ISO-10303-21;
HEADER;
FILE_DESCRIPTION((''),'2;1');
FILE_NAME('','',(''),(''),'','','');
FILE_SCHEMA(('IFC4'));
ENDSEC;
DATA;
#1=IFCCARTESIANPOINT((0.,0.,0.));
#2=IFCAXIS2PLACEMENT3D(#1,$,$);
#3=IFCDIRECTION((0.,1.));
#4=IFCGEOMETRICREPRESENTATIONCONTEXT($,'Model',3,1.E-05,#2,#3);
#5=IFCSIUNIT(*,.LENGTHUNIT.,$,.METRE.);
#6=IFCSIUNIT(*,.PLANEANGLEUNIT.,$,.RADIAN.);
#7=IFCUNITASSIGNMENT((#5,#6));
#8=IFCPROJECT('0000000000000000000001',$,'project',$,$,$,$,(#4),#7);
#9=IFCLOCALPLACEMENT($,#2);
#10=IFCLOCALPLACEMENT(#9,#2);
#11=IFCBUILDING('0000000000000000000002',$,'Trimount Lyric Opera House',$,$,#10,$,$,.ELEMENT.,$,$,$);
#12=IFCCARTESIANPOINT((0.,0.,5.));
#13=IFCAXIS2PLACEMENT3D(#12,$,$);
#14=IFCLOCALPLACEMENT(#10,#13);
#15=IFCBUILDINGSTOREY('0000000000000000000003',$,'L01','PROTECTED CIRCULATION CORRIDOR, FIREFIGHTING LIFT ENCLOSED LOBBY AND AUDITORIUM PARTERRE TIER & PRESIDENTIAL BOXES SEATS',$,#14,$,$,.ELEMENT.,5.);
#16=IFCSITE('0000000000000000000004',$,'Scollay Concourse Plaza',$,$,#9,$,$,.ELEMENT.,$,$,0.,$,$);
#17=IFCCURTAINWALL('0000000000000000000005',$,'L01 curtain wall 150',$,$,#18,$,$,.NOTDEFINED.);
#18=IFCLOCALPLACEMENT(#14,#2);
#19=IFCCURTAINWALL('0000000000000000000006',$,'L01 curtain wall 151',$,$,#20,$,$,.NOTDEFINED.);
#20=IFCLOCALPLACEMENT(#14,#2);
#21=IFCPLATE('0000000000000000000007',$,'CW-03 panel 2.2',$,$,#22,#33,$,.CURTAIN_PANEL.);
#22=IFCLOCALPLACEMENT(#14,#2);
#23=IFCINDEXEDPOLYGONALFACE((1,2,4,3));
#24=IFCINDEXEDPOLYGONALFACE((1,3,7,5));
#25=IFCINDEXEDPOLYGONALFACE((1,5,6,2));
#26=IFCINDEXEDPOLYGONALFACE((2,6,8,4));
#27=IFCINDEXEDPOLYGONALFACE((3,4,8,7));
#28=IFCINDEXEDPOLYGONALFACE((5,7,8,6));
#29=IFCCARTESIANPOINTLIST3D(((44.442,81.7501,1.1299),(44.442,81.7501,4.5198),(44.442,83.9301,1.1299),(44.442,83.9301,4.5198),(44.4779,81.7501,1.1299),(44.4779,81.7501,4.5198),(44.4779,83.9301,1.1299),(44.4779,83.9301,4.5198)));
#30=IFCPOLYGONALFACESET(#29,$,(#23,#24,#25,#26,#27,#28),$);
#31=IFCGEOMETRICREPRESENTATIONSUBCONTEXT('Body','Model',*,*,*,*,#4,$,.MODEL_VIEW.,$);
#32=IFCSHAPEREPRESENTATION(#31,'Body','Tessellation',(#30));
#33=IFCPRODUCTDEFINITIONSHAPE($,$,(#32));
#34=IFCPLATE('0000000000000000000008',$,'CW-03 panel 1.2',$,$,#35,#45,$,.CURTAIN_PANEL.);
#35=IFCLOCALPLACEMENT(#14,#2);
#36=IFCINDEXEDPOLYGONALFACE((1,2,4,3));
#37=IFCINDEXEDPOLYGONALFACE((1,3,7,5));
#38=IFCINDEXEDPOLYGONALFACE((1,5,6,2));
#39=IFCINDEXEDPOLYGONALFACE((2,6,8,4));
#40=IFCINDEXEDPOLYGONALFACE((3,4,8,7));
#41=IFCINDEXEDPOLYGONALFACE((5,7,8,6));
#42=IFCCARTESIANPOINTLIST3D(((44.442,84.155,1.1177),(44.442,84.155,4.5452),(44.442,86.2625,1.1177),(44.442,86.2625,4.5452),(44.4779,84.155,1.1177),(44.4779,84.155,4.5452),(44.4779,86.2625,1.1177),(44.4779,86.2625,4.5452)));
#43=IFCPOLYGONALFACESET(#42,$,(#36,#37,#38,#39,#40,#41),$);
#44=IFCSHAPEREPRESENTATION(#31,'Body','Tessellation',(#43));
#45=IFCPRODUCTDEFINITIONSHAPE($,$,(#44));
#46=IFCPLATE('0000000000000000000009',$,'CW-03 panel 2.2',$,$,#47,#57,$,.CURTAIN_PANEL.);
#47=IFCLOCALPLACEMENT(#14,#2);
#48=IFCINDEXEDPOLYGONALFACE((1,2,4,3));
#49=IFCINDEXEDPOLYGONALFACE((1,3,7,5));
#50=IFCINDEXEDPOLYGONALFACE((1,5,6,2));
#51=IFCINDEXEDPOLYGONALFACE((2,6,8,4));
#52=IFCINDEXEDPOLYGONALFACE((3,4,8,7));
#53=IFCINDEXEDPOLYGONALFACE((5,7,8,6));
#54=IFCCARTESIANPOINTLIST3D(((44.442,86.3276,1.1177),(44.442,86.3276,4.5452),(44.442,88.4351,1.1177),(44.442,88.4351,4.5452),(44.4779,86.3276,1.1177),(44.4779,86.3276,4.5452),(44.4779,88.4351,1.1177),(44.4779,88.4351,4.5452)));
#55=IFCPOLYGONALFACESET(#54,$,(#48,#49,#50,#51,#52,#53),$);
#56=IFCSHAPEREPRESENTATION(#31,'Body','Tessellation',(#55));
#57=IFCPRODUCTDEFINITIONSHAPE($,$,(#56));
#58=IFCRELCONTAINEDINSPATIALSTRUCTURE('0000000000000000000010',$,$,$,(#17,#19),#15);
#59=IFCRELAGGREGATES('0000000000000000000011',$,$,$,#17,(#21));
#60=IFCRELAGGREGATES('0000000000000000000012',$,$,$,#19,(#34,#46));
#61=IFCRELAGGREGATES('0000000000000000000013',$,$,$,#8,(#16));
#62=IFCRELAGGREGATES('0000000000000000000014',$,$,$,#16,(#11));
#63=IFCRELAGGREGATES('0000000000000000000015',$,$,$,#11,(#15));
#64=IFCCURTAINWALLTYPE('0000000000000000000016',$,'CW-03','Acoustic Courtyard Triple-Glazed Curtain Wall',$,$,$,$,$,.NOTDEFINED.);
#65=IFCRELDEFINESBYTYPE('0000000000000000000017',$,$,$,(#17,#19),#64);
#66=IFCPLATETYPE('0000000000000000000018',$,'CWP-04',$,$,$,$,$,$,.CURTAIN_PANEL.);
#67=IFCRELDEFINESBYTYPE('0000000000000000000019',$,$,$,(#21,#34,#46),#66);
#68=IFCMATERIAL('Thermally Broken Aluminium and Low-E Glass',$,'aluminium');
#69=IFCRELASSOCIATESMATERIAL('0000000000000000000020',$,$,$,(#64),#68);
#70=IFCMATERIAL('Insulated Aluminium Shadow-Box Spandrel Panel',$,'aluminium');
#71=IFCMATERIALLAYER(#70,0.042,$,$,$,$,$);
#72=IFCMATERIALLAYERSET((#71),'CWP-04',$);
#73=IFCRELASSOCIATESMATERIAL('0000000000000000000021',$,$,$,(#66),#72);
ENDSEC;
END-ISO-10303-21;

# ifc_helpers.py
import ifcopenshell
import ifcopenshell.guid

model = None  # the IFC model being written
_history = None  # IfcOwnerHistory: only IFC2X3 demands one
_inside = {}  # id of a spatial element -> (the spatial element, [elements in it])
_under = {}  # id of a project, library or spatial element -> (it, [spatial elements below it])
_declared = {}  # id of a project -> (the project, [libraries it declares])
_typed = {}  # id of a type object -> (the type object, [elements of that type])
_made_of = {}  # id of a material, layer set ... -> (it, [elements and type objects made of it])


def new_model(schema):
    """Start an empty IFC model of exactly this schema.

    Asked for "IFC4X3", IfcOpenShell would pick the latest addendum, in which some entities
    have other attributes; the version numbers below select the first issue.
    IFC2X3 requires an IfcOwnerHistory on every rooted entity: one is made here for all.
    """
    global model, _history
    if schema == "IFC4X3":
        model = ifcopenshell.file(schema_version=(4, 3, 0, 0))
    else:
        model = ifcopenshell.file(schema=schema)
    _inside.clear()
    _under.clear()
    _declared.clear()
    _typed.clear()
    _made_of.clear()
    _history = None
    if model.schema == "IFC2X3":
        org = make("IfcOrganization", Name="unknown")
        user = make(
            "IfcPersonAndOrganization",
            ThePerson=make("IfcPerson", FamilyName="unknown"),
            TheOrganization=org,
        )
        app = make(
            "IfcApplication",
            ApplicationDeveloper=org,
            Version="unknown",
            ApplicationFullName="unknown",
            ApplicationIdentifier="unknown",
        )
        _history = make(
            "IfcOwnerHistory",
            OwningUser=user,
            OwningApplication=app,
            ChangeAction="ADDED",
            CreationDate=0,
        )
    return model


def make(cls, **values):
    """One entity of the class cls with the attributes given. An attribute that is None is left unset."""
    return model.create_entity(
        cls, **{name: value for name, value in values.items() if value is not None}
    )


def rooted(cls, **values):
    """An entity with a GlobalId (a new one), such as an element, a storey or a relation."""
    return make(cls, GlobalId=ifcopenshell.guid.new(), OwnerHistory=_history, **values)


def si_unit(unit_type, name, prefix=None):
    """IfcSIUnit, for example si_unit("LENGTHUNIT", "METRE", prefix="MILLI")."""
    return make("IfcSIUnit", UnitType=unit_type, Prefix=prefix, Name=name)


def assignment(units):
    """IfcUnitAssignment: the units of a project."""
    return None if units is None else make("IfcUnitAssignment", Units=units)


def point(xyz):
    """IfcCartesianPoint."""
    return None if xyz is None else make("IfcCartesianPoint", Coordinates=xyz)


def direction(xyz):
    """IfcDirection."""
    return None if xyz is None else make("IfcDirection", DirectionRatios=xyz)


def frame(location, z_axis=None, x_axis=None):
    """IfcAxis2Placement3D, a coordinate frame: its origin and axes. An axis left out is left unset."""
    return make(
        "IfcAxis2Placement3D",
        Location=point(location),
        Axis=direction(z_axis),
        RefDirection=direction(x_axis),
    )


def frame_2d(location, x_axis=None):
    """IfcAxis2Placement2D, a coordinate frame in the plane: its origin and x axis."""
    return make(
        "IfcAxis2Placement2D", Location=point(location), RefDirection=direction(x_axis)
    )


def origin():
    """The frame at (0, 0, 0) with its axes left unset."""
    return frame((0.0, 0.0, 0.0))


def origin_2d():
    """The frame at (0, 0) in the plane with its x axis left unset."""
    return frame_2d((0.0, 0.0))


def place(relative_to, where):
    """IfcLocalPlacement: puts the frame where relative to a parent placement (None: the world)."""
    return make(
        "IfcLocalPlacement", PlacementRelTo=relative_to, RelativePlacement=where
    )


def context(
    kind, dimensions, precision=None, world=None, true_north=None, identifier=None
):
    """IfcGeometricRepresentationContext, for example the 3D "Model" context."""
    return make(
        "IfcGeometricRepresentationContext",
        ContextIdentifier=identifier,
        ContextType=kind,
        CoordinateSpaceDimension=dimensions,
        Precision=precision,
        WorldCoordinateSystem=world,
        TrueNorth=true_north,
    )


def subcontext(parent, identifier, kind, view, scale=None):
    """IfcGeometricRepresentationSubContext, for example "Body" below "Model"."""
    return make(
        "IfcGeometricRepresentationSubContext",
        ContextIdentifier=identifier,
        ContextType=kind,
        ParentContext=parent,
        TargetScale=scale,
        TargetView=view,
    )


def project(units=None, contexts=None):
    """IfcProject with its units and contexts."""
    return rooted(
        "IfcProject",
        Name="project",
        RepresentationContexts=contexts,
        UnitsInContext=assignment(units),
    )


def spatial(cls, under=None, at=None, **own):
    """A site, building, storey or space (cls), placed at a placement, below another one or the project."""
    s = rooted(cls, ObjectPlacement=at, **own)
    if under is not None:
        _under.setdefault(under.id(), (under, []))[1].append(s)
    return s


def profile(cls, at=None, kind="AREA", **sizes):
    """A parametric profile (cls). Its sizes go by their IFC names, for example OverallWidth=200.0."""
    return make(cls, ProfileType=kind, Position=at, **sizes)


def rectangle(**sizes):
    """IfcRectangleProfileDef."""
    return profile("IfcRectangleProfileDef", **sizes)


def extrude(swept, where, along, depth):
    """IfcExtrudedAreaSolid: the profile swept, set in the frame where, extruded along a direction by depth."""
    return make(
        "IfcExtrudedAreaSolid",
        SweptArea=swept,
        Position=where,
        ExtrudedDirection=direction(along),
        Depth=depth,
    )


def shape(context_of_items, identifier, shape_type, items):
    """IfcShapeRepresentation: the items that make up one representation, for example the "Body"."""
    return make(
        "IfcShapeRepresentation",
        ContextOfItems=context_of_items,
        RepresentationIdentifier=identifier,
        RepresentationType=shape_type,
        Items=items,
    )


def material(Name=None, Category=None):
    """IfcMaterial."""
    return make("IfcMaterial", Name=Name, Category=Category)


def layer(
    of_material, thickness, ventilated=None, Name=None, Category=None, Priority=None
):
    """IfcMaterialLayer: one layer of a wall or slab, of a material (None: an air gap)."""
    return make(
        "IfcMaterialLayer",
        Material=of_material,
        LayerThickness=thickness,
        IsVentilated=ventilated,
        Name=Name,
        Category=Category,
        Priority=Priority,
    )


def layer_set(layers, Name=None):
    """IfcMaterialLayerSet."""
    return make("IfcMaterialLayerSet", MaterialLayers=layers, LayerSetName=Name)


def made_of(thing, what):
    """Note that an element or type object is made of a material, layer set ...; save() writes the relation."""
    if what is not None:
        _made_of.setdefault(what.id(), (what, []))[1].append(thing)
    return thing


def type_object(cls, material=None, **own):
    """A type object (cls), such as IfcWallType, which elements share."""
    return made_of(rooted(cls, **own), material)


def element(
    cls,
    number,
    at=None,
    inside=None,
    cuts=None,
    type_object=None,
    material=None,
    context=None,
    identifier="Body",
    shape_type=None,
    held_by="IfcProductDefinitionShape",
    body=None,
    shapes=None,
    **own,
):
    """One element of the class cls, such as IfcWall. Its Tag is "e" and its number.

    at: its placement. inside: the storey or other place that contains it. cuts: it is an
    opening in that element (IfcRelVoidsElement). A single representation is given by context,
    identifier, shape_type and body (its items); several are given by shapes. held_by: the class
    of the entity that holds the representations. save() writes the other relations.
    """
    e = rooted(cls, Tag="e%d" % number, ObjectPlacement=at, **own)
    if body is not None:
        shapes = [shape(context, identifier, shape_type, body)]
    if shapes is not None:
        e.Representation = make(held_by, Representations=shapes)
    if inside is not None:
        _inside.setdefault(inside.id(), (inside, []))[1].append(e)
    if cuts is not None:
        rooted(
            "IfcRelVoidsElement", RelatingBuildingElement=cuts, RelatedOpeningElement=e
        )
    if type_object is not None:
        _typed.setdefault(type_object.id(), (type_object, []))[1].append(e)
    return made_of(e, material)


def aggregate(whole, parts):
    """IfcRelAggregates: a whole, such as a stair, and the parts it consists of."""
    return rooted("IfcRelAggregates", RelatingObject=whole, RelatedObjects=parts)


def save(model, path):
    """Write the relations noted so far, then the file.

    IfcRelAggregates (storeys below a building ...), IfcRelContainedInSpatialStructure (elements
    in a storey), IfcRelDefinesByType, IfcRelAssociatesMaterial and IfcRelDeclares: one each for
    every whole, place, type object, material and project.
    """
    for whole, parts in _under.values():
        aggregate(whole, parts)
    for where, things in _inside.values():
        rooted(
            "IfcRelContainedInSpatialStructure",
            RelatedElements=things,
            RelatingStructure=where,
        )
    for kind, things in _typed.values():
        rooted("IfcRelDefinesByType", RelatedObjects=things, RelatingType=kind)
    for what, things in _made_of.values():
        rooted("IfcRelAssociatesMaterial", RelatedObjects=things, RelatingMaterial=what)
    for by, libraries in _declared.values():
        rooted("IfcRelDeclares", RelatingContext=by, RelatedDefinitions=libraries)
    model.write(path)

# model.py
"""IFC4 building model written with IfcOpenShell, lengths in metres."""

from ifc_helpers import new_model, si_unit, direction, frame, origin, origin_2d, place, context, subcontext, project, spatial, rectangle, extrude, material, layer, layer_set, type_object, element, aggregate, save


model = new_model("IFC4")

# Units and contexts
model_context = context("Model", 3, precision=1e-05, world=origin(), true_north=direction((0.0, 1.0)))
body_context = subcontext(model_context, "Body", "Model", "MODEL_VIEW")
ifc_project = project(units=[si_unit("LENGTHUNIT", "METRE"), si_unit("PLANEANGLEUNIT", "RADIAN")], contexts=[model_context])

# Site, building, storey
site_placement = place(None, origin())
site = spatial("IfcSite", under=ifc_project, at=site_placement, Name="Scollay Concourse Plaza", CompositionType="ELEMENT", RefElevation=0.0)
building_placement = place(site_placement, origin())
building = spatial("IfcBuilding", under=site, at=building_placement, Name="Trimount Lyric Opera House", CompositionType="ELEMENT")
storey_placement = place(building_placement, frame((0.0, 0.0, 5.0)))
storey = spatial("IfcBuildingStorey", under=building, at=storey_placement, Name="L01", Description="PROTECTED CIRCULATION CORRIDOR, FIREFIGHTING LIFT ENCLOSED LOBBY AND AUDITORIUM PARTERRE TIER & PRESIDENTIAL BOXES SEATS", CompositionType="ELEMENT", Elevation=5.0)

# Curtain walls
ifc_material_1 = material(Name="Thermally Broken Aluminium and Low-E Glass", Category="aluminium")
curtain_wall_type = type_object("IfcCurtainWallType", Name="CW-03", Description="Acoustic Courtyard Triple-Glazed Curtain Wall", PredefinedType="NOTDEFINED", material=ifc_material_1)
curtain_wall_1_placement = place(storey_placement, origin())
curtain_wall_1 = element("IfcCurtainWall", 1, at=curtain_wall_1_placement, inside=storey, type_object=curtain_wall_type, Name="L01 curtain wall 150", PredefinedType="NOTDEFINED")
curtain_wall_2_placement = place(storey_placement, origin())
curtain_wall_2 = element("IfcCurtainWall", 2, at=curtain_wall_2_placement, inside=storey, type_object=curtain_wall_type, Name="L01 curtain wall 151", PredefinedType="NOTDEFINED")

# Plates
ifc_material_2 = material(Name="Insulated Aluminium Shadow-Box Spandrel Panel", Category="aluminium")
ifc_layer_1 = layer(ifc_material_2, 0.042)
ifc_layer_set_1 = layer_set([ifc_layer_1], Name="CWP-04")
plate_type_1 = type_object("IfcPlateType", Name="CWP-04", PredefinedType="CURTAIN_PANEL", material=ifc_layer_set_1)
plate_1_placement = place(storey_placement, frame((44.46, 82.8401, 1.1299), z_axis=(0.0, 0.0, 1.0), x_axis=(0.0, 1.0, 0.0)))
plate_1 = element("IfcPlate", 3, at=plate_1_placement, type_object=plate_type_1, Name="CW-03 panel 2.2", PredefinedType="CURTAIN_PANEL", context=body_context, shape_type="SweptSolid", body=[
    extrude(rectangle(XDim=2.1799, YDim=0.0359, at=origin_2d()), origin(), (0.0, 0.0, 1.0), 3.3899),
])
aggregate(curtain_wall_1, [plate_1])
plate_2_placement = place(storey_placement, frame((44.46, 85.2087, 1.1177), z_axis=(0.0, 0.0, 1.0), x_axis=(0.0, 1.0, 0.0)))
plate_2 = element("IfcPlate", 4, at=plate_2_placement, type_object=plate_type_1, Name="CW-03 panel 1.2", PredefinedType="CURTAIN_PANEL", context=body_context, shape_type="SweptSolid", body=[
    extrude(rectangle(XDim=2.1074, YDim=0.0359, at=origin_2d()), origin(), (0.0, 0.0, 1.0), 3.4275),
])
plate_3_placement = place(storey_placement, frame((44.46, 87.3813, 1.1177), z_axis=(0.0, 0.0, 1.0), x_axis=(0.0, 1.0, 0.0)))
plate_3 = element("IfcPlate", 5, at=plate_3_placement, type_object=plate_type_1, Name="CW-03 panel 2.2", PredefinedType="CURTAIN_PANEL", context=body_context, shape_type="SweptSolid", body=[
    extrude(rectangle(XDim=2.1074, YDim=0.0359, at=origin_2d()), origin(), (0.0, 0.0, 1.0), 3.4275),
])
aggregate(curtain_wall_2, [plate_2, plate_3])

save(model, "model.ifc")
